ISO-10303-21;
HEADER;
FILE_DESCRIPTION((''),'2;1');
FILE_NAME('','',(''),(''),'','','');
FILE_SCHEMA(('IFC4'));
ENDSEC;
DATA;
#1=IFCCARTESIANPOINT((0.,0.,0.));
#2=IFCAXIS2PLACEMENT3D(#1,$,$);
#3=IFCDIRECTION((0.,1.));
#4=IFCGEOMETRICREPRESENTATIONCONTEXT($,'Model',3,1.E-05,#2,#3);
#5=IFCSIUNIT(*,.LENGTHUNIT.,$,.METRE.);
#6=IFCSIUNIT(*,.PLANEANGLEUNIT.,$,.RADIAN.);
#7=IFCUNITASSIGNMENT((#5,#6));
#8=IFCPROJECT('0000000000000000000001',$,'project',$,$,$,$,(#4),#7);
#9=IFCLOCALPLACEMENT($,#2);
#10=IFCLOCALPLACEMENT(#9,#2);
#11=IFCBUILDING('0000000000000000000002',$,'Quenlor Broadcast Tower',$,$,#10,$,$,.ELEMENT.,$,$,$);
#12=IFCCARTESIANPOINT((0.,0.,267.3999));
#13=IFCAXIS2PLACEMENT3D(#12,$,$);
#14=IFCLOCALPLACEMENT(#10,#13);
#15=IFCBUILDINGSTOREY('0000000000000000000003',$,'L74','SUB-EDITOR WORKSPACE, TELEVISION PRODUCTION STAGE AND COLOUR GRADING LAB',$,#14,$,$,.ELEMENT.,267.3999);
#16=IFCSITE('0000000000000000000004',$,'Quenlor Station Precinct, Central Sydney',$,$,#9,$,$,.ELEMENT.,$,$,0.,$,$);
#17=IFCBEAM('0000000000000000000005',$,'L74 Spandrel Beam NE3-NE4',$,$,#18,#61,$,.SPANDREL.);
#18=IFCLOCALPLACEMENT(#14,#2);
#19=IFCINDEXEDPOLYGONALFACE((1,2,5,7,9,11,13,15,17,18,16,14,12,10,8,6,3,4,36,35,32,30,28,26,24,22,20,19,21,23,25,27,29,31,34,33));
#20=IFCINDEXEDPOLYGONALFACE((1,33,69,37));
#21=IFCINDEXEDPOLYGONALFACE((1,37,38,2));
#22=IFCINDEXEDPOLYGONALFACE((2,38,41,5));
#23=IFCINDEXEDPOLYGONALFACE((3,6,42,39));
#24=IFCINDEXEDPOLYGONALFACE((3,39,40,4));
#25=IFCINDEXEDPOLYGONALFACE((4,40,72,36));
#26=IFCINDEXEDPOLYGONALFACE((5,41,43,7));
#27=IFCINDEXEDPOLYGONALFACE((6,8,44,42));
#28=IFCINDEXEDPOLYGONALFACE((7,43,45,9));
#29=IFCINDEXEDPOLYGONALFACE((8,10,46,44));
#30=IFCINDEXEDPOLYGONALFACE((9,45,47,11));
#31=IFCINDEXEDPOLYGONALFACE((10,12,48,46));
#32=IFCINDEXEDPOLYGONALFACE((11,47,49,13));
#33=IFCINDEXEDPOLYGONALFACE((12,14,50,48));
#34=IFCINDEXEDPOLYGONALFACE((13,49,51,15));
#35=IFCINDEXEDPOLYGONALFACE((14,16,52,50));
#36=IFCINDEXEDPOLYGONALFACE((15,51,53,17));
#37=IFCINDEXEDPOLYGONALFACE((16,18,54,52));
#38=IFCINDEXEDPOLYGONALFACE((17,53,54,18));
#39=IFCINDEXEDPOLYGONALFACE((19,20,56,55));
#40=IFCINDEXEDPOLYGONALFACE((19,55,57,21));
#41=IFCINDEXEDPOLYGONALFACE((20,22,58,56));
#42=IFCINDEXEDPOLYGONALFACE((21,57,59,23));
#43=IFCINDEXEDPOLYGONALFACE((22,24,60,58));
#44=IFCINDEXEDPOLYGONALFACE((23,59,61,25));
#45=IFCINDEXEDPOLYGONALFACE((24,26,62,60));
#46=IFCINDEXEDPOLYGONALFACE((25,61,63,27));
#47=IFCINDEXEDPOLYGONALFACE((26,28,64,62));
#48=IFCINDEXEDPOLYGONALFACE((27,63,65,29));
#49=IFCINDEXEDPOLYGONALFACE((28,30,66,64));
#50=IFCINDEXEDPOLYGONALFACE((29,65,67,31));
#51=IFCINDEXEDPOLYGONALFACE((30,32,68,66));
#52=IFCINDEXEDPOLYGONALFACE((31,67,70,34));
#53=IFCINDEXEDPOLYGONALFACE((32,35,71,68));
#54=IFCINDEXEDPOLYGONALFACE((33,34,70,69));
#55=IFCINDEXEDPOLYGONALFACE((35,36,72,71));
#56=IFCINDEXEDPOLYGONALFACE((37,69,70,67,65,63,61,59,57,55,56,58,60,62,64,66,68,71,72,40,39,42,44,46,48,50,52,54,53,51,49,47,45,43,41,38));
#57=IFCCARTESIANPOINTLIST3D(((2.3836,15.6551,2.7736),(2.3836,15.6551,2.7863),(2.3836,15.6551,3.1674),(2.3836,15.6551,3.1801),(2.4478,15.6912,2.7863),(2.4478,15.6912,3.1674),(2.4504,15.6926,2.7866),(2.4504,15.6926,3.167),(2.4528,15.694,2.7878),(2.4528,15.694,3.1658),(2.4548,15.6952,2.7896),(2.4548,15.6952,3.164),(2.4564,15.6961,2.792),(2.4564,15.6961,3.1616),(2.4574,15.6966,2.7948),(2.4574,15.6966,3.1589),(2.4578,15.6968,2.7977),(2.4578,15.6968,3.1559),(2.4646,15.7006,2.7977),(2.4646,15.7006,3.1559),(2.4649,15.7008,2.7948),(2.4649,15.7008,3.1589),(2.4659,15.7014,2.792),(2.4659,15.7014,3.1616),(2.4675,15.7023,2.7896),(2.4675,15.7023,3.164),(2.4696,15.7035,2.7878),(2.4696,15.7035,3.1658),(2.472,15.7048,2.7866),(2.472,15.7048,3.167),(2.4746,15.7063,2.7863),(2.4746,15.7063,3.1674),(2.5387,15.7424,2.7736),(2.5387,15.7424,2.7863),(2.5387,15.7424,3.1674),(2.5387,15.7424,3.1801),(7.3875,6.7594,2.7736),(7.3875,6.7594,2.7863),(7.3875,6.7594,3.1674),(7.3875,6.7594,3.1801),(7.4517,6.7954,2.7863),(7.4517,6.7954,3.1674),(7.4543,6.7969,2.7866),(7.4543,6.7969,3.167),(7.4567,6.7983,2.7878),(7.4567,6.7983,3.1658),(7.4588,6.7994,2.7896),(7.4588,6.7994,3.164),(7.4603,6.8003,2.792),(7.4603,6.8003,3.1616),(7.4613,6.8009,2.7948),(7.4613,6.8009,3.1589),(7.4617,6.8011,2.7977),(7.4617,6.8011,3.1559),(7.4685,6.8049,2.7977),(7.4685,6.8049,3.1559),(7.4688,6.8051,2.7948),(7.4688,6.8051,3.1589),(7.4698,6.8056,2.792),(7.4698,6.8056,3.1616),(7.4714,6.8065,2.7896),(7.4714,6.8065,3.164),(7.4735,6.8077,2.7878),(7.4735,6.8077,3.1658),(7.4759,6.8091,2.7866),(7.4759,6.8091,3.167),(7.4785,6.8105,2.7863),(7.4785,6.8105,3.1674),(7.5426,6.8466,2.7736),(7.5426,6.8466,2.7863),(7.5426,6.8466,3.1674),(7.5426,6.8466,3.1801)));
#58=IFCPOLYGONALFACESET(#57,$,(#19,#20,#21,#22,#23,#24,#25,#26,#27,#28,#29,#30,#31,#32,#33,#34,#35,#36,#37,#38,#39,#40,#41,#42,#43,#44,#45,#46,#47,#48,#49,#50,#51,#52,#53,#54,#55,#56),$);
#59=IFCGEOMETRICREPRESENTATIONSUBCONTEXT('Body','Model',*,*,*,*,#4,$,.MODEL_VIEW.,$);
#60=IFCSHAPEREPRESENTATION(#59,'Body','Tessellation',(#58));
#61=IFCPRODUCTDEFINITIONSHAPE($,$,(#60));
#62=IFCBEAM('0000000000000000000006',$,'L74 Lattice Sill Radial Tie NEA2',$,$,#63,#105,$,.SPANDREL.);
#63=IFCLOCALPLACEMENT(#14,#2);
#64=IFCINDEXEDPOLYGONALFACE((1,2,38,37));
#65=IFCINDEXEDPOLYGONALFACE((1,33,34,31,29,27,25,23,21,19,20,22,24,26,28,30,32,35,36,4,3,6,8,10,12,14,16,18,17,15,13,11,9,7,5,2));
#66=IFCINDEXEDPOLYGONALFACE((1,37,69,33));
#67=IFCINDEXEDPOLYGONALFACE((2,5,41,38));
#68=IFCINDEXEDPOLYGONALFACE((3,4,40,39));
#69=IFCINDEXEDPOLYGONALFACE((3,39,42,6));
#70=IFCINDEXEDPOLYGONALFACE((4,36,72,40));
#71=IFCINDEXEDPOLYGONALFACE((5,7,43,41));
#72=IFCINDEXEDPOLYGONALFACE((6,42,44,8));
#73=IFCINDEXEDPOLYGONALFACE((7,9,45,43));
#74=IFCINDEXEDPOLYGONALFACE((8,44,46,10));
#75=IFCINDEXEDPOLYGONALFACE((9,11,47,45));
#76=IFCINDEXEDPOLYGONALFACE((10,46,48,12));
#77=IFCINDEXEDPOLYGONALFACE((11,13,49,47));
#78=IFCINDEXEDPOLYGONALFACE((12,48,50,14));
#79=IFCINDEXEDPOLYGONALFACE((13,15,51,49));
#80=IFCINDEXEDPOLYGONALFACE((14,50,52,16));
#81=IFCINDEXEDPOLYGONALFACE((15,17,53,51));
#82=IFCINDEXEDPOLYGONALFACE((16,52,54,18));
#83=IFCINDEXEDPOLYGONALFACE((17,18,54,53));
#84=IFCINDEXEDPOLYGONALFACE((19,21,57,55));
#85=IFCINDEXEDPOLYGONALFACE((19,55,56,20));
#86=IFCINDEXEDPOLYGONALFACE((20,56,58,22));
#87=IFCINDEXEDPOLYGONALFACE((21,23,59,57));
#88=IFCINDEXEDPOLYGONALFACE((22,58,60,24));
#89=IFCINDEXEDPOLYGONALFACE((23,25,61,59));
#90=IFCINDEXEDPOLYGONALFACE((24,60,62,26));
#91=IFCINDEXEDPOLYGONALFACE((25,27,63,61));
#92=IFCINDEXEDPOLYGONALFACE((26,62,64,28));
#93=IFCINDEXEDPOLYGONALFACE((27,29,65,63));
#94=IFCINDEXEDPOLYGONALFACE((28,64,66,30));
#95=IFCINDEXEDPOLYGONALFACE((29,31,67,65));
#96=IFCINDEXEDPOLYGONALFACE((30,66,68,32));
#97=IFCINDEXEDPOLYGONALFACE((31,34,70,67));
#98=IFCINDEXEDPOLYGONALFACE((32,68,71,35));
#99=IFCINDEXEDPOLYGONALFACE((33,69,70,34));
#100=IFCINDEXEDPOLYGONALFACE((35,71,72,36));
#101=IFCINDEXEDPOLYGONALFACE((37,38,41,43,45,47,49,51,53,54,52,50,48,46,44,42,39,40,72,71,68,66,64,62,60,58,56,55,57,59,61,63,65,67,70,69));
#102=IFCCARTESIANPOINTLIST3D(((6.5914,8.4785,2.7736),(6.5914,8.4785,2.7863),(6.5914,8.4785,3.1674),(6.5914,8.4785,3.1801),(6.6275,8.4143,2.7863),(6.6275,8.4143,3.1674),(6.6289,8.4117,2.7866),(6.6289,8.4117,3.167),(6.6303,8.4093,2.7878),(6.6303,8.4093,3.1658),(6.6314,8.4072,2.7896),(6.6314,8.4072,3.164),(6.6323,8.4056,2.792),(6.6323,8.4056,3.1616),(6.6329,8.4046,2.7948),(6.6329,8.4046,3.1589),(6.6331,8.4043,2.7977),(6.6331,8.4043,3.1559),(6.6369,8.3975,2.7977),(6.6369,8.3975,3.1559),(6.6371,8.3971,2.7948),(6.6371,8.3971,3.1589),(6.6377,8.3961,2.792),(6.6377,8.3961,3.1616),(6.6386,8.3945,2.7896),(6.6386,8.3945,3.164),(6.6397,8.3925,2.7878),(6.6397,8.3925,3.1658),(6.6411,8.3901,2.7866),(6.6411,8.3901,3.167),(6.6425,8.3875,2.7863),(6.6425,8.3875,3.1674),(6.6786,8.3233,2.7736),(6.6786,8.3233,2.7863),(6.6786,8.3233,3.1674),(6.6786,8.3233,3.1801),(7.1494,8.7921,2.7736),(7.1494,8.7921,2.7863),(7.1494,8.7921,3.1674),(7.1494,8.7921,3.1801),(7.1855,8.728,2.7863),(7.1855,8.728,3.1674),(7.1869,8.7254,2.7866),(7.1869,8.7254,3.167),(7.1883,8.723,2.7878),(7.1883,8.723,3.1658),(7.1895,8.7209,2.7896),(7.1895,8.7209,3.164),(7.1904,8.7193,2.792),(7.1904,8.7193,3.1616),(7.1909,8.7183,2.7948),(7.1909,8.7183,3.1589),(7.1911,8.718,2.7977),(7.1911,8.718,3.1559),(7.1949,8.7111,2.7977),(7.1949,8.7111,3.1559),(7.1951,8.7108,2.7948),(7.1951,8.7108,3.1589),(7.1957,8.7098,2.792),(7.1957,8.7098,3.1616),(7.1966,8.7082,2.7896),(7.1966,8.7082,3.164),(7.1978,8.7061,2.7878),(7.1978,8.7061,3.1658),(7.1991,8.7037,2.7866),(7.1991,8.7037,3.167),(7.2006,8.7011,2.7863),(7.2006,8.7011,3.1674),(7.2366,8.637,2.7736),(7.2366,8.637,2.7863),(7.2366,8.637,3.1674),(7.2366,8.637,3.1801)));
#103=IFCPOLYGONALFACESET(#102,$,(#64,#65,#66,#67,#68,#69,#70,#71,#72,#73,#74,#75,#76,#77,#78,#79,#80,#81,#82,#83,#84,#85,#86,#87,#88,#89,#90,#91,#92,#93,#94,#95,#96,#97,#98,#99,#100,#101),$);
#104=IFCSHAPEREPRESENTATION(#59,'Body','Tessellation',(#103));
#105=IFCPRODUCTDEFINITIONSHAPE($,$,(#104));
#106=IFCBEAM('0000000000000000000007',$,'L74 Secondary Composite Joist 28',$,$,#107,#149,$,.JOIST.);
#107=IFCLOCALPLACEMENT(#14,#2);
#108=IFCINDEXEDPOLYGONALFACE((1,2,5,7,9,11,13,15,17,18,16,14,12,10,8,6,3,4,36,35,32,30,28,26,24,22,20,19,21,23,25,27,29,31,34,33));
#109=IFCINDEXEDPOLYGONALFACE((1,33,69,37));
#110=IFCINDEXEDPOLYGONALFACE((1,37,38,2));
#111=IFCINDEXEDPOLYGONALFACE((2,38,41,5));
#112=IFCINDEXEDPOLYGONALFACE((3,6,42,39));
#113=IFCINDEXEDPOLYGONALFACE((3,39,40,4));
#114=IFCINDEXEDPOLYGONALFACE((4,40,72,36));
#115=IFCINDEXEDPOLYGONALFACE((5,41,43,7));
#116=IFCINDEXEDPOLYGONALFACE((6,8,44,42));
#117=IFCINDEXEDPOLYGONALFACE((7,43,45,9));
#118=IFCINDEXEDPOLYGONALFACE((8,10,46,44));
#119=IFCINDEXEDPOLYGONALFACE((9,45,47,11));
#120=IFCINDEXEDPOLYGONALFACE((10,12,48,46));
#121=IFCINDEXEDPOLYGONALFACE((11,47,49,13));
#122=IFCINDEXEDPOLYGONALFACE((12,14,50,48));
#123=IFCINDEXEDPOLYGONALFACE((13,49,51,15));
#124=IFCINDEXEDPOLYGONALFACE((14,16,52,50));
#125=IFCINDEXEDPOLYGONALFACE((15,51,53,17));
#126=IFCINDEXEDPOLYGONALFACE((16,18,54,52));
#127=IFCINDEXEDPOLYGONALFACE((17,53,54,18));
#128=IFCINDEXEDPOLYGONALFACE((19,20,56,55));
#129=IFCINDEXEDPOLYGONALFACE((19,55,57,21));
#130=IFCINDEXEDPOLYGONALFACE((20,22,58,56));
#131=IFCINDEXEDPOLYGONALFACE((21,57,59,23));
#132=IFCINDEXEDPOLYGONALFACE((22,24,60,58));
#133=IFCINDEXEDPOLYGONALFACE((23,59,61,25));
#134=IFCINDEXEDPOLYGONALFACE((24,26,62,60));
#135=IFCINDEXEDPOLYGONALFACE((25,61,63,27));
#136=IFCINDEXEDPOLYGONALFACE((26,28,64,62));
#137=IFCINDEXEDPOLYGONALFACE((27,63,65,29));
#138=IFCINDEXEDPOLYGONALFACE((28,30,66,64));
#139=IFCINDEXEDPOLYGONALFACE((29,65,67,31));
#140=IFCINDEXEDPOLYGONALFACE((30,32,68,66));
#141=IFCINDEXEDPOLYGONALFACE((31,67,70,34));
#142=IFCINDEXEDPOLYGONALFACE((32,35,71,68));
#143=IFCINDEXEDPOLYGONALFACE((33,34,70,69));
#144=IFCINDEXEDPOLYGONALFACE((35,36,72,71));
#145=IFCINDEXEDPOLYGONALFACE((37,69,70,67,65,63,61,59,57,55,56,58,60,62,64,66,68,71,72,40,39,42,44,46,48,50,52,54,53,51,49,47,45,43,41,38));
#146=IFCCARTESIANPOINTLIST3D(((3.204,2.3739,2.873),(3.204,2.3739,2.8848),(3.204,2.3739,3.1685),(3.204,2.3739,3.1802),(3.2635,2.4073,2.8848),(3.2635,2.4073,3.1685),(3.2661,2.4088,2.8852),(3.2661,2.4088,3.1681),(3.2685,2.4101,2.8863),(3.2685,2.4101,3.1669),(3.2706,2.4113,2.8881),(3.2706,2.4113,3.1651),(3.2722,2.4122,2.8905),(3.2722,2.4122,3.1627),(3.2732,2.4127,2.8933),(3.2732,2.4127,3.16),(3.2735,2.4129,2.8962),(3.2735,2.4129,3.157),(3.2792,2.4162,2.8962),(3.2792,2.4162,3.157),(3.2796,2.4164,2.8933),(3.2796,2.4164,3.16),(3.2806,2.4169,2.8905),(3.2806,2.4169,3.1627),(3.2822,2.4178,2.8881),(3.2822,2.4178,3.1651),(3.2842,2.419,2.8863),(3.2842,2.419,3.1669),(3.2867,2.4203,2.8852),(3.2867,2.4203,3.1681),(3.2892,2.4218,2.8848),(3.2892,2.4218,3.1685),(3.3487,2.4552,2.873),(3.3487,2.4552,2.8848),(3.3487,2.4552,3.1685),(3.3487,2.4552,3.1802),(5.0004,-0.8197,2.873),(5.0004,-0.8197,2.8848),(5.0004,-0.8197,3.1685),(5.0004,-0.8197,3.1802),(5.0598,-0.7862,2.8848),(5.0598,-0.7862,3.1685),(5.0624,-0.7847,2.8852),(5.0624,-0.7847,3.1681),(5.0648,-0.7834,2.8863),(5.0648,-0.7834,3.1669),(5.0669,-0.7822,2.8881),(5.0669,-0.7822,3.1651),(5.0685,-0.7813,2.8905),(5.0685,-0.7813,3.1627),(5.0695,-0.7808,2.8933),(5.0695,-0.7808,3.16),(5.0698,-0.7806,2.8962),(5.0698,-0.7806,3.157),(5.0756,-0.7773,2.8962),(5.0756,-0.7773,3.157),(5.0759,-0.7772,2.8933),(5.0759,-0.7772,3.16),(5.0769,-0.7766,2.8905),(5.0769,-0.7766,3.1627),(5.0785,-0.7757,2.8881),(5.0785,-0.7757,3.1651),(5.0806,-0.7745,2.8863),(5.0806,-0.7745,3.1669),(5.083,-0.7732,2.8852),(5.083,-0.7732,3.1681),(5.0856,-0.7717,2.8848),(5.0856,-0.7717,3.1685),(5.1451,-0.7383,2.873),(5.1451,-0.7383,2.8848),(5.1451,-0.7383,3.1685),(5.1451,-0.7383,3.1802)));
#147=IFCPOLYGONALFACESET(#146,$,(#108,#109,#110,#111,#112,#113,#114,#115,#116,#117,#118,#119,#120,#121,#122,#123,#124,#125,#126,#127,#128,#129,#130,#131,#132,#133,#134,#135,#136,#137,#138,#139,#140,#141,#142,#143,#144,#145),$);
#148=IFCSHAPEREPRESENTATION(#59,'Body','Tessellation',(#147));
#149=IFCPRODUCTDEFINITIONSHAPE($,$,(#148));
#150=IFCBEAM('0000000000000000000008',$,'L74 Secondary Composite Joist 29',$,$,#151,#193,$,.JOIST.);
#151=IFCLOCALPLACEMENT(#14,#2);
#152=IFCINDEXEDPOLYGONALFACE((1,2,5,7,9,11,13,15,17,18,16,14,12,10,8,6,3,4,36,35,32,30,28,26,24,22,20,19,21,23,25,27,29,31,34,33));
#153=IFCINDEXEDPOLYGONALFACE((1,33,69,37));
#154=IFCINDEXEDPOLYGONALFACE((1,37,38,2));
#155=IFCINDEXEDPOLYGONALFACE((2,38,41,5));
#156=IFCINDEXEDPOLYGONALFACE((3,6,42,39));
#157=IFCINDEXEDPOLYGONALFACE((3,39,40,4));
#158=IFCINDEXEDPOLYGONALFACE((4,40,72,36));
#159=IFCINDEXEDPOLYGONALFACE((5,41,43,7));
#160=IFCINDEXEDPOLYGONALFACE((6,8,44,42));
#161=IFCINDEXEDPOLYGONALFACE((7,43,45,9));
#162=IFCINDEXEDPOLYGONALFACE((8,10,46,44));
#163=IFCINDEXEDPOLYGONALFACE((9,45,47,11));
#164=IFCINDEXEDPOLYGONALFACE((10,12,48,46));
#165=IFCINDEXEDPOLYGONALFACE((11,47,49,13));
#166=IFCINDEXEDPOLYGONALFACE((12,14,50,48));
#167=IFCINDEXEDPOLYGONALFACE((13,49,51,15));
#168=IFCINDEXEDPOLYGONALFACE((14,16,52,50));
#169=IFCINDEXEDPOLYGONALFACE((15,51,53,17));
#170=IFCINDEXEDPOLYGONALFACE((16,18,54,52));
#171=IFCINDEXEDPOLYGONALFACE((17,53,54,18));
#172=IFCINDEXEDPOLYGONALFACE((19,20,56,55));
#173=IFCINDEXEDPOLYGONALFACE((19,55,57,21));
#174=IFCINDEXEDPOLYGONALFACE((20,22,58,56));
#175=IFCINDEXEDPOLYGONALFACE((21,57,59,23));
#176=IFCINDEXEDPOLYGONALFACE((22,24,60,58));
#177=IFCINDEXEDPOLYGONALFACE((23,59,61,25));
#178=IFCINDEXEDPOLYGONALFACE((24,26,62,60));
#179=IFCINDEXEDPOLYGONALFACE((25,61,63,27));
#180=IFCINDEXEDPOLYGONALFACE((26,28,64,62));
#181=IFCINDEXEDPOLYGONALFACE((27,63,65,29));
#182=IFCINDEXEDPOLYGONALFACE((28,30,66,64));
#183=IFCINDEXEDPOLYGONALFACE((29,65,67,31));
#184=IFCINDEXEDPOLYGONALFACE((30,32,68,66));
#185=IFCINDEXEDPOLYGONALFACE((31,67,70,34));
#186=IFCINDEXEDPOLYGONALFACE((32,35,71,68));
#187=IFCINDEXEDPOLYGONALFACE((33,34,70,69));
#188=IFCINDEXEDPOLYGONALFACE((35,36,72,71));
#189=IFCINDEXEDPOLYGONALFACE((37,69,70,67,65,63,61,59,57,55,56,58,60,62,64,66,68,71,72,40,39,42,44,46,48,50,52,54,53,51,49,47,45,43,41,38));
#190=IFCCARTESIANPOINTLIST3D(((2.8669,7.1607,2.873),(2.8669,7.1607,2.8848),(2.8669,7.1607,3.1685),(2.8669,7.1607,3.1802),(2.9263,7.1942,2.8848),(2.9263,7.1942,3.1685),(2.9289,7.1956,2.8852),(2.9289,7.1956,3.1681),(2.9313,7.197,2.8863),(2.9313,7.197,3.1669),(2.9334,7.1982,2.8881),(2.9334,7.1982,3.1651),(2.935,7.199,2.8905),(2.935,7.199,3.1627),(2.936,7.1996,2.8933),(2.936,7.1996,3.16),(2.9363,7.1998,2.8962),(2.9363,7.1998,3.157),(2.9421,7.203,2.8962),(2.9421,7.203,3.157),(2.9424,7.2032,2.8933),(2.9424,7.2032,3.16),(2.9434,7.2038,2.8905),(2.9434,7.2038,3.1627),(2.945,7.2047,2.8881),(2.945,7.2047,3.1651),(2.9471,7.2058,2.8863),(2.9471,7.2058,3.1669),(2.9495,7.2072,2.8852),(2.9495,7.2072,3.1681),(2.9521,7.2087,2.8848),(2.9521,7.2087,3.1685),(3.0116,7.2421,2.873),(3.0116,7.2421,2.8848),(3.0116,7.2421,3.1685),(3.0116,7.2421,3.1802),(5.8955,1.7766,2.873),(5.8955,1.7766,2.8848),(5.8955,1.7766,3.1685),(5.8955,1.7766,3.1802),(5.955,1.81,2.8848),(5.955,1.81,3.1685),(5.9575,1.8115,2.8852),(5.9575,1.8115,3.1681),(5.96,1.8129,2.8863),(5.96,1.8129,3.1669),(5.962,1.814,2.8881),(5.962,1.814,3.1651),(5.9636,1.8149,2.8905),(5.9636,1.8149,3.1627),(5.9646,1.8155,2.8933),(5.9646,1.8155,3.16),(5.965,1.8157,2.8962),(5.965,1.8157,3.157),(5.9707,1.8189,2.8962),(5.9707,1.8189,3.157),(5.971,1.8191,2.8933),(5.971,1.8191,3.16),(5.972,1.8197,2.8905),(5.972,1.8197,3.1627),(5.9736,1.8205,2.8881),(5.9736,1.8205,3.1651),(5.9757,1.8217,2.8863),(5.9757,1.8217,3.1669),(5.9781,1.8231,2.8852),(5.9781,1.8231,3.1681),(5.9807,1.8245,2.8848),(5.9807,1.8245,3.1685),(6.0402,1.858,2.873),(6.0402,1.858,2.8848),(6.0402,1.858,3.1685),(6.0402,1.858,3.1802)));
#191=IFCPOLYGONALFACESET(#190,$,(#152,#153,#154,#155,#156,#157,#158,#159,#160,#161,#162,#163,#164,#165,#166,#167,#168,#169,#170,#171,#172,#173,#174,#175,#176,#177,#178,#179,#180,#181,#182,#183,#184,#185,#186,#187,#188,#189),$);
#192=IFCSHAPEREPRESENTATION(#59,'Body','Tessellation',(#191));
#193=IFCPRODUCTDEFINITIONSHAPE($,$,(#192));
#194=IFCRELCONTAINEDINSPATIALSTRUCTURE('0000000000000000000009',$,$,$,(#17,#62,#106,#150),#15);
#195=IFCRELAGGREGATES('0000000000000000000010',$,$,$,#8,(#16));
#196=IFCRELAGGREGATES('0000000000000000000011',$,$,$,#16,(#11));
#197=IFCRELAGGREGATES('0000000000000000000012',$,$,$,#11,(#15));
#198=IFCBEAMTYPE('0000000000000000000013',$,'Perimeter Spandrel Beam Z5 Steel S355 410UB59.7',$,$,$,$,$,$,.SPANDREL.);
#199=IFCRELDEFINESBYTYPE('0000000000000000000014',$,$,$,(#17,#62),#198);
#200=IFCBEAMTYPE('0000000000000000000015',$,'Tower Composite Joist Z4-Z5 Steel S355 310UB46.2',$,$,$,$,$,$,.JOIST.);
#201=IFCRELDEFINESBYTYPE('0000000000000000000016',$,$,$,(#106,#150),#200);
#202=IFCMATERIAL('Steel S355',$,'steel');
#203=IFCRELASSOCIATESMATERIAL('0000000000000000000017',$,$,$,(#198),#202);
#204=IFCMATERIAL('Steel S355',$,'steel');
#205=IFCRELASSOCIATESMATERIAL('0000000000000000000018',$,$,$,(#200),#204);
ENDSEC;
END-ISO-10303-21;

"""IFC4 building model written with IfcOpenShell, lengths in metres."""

from ifc_helpers import new_model, si_unit, direction, frame, origin, origin_2d, place, context, subcontext, project, spatial, i_section, extrude, material, material_profile, profile_set, type_object, element, save


model = new_model("IFC4")

# Units and contexts
model_context = context("Model", 3, precision=1e-05, world=origin(), true_north=direction((0.0, 1.0)))
body_context = subcontext(model_context, "Body", "Model", "MODEL_VIEW")
ifc_project = project(units=[si_unit("LENGTHUNIT", "METRE"), si_unit("PLANEANGLEUNIT", "RADIAN")], contexts=[model_context])

# Site, building, storey
site_placement = place(None, origin())
site = spatial("IfcSite", under=ifc_project, at=site_placement, Name="Quenlor Station Precinct, Central Sydney", CompositionType="ELEMENT", RefElevation=0.0)
building_placement = place(site_placement, origin())
building = spatial("IfcBuilding", under=site, at=building_placement, Name="Quenlor Broadcast Tower", CompositionType="ELEMENT")
storey_placement = place(building_placement, frame((0.0, 0.0, 267.3999)))
storey = spatial("IfcBuildingStorey", under=building, at=storey_placement, Name="L74", Description="SUB-EDITOR WORKSPACE, TELEVISION PRODUCTION STAGE AND COLOUR GRADING LAB", CompositionType="ELEMENT", Elevation=267.3999)

# Beams
ifc_material_1 = material(Name="Steel S355", Category="steel")
ifc_material_profile_1 = material_profile(ifc_material_1, i_section(OverallWidth=0.178, OverallDepth=0.4065, WebThickness=0.0078, FlangeThickness=0.0127, FilletRadius=0.0115, at=origin_2d()))
ifc_profile_set_1 = profile_set([ifc_material_profile_1], Name="Steel S355 410UB59.7")
beam_type_1 = type_object("IfcBeamType", Name="Perimeter Spandrel Beam Z5 Steel S355 410UB59.7", PredefinedType="SPANDREL", material=ifc_profile_set_1)
beam_1_placement = place(storey_placement, frame((7.4651, 6.803, 2.9768), z_axis=(-0.490265, 0.871574, 0.0), x_axis=(-0.871574, -0.490265, 0.0)))
element("IfcBeam", 1, at=beam_1_placement, inside=storey, type_object=beam_type_1, Name="L74 Spandrel Beam NE3-NE4", PredefinedType="SPANDREL", context=body_context, shape_type="SweptSolid", body=[
    extrude(i_section(OverallWidth=0.178, OverallDepth=0.4065, WebThickness=0.0078, FlangeThickness=0.0127, FilletRadius=0.0115, at=origin_2d()), origin(), (0.0, 0.0, 1.0), 10.2065),
])
beam_2_placement = place(storey_placement, frame((6.635, 8.4009, 2.9768), z_axis=(0.871718, 0.490008, 0.0), x_axis=(-0.490008, 0.871718, 0.0)))
element("IfcBeam", 2, at=beam_2_placement, inside=storey, type_object=beam_type_1, Name="L74 Lattice Sill Radial Tie NEA2", PredefinedType="SPANDREL", context=body_context, shape_type="SweptSolid", body=[
    extrude(i_section(OverallWidth=0.178, OverallDepth=0.4065, WebThickness=0.0078, FlangeThickness=0.0127, FilletRadius=0.0115, at=origin_2d()), origin(), (0.0, 0.0, 1.0), 0.6401),
])
ifc_material_2 = material(Name="Steel S355", Category="steel")
ifc_material_profile_2 = material_profile(ifc_material_2, i_section(OverallWidth=0.166, OverallDepth=0.3071, WebThickness=0.0066, FlangeThickness=0.0117, FilletRadius=0.0115, at=origin_2d()))
ifc_profile_set_2 = profile_set([ifc_material_profile_2], Name="Steel S355 310UB46.2")
beam_type_2 = type_object("IfcBeamType", Name="Tower Composite Joist Z4-Z5 Steel S355 310UB46.2", PredefinedType="JOIST", material=ifc_profile_set_2)
beam_3_placement = place(storey_placement, frame((3.2764, 2.4146, 3.0266), z_axis=(0.490258, -0.871577, 0.0), x_axis=(0.871577, 0.490258, 0.0)))
element("IfcBeam", 3, at=beam_3_placement, inside=storey, type_object=beam_type_2, Name="L74 Secondary Composite Joist 28", PredefinedType="JOIST", context=body_context, shape_type="SweptSolid", body=[
    extrude(i_section(OverallWidth=0.166, OverallDepth=0.3071, WebThickness=0.0066, FlangeThickness=0.0117, FilletRadius=0.0115, at=origin_2d()), origin(), (0.0, 0.0, 1.0), 3.6641),
])
beam_4_placement = place(storey_placement, frame((2.9392, 7.2014, 3.0266), z_axis=(0.490267, -0.871572, 0.0), x_axis=(0.871572, 0.490267, 0.0)))
element("IfcBeam", 4, at=beam_4_placement, inside=storey, type_object=beam_type_2, Name="L74 Secondary Composite Joist 29", PredefinedType="JOIST", context=body_context, shape_type="SweptSolid", body=[
    extrude(i_section(OverallWidth=0.166, OverallDepth=0.3071, WebThickness=0.0066, FlangeThickness=0.0117, FilletRadius=0.0115, at=origin_2d()), origin(), (0.0, 0.0, 1.0), 6.1775),
])

save(model, "model.ifc")
